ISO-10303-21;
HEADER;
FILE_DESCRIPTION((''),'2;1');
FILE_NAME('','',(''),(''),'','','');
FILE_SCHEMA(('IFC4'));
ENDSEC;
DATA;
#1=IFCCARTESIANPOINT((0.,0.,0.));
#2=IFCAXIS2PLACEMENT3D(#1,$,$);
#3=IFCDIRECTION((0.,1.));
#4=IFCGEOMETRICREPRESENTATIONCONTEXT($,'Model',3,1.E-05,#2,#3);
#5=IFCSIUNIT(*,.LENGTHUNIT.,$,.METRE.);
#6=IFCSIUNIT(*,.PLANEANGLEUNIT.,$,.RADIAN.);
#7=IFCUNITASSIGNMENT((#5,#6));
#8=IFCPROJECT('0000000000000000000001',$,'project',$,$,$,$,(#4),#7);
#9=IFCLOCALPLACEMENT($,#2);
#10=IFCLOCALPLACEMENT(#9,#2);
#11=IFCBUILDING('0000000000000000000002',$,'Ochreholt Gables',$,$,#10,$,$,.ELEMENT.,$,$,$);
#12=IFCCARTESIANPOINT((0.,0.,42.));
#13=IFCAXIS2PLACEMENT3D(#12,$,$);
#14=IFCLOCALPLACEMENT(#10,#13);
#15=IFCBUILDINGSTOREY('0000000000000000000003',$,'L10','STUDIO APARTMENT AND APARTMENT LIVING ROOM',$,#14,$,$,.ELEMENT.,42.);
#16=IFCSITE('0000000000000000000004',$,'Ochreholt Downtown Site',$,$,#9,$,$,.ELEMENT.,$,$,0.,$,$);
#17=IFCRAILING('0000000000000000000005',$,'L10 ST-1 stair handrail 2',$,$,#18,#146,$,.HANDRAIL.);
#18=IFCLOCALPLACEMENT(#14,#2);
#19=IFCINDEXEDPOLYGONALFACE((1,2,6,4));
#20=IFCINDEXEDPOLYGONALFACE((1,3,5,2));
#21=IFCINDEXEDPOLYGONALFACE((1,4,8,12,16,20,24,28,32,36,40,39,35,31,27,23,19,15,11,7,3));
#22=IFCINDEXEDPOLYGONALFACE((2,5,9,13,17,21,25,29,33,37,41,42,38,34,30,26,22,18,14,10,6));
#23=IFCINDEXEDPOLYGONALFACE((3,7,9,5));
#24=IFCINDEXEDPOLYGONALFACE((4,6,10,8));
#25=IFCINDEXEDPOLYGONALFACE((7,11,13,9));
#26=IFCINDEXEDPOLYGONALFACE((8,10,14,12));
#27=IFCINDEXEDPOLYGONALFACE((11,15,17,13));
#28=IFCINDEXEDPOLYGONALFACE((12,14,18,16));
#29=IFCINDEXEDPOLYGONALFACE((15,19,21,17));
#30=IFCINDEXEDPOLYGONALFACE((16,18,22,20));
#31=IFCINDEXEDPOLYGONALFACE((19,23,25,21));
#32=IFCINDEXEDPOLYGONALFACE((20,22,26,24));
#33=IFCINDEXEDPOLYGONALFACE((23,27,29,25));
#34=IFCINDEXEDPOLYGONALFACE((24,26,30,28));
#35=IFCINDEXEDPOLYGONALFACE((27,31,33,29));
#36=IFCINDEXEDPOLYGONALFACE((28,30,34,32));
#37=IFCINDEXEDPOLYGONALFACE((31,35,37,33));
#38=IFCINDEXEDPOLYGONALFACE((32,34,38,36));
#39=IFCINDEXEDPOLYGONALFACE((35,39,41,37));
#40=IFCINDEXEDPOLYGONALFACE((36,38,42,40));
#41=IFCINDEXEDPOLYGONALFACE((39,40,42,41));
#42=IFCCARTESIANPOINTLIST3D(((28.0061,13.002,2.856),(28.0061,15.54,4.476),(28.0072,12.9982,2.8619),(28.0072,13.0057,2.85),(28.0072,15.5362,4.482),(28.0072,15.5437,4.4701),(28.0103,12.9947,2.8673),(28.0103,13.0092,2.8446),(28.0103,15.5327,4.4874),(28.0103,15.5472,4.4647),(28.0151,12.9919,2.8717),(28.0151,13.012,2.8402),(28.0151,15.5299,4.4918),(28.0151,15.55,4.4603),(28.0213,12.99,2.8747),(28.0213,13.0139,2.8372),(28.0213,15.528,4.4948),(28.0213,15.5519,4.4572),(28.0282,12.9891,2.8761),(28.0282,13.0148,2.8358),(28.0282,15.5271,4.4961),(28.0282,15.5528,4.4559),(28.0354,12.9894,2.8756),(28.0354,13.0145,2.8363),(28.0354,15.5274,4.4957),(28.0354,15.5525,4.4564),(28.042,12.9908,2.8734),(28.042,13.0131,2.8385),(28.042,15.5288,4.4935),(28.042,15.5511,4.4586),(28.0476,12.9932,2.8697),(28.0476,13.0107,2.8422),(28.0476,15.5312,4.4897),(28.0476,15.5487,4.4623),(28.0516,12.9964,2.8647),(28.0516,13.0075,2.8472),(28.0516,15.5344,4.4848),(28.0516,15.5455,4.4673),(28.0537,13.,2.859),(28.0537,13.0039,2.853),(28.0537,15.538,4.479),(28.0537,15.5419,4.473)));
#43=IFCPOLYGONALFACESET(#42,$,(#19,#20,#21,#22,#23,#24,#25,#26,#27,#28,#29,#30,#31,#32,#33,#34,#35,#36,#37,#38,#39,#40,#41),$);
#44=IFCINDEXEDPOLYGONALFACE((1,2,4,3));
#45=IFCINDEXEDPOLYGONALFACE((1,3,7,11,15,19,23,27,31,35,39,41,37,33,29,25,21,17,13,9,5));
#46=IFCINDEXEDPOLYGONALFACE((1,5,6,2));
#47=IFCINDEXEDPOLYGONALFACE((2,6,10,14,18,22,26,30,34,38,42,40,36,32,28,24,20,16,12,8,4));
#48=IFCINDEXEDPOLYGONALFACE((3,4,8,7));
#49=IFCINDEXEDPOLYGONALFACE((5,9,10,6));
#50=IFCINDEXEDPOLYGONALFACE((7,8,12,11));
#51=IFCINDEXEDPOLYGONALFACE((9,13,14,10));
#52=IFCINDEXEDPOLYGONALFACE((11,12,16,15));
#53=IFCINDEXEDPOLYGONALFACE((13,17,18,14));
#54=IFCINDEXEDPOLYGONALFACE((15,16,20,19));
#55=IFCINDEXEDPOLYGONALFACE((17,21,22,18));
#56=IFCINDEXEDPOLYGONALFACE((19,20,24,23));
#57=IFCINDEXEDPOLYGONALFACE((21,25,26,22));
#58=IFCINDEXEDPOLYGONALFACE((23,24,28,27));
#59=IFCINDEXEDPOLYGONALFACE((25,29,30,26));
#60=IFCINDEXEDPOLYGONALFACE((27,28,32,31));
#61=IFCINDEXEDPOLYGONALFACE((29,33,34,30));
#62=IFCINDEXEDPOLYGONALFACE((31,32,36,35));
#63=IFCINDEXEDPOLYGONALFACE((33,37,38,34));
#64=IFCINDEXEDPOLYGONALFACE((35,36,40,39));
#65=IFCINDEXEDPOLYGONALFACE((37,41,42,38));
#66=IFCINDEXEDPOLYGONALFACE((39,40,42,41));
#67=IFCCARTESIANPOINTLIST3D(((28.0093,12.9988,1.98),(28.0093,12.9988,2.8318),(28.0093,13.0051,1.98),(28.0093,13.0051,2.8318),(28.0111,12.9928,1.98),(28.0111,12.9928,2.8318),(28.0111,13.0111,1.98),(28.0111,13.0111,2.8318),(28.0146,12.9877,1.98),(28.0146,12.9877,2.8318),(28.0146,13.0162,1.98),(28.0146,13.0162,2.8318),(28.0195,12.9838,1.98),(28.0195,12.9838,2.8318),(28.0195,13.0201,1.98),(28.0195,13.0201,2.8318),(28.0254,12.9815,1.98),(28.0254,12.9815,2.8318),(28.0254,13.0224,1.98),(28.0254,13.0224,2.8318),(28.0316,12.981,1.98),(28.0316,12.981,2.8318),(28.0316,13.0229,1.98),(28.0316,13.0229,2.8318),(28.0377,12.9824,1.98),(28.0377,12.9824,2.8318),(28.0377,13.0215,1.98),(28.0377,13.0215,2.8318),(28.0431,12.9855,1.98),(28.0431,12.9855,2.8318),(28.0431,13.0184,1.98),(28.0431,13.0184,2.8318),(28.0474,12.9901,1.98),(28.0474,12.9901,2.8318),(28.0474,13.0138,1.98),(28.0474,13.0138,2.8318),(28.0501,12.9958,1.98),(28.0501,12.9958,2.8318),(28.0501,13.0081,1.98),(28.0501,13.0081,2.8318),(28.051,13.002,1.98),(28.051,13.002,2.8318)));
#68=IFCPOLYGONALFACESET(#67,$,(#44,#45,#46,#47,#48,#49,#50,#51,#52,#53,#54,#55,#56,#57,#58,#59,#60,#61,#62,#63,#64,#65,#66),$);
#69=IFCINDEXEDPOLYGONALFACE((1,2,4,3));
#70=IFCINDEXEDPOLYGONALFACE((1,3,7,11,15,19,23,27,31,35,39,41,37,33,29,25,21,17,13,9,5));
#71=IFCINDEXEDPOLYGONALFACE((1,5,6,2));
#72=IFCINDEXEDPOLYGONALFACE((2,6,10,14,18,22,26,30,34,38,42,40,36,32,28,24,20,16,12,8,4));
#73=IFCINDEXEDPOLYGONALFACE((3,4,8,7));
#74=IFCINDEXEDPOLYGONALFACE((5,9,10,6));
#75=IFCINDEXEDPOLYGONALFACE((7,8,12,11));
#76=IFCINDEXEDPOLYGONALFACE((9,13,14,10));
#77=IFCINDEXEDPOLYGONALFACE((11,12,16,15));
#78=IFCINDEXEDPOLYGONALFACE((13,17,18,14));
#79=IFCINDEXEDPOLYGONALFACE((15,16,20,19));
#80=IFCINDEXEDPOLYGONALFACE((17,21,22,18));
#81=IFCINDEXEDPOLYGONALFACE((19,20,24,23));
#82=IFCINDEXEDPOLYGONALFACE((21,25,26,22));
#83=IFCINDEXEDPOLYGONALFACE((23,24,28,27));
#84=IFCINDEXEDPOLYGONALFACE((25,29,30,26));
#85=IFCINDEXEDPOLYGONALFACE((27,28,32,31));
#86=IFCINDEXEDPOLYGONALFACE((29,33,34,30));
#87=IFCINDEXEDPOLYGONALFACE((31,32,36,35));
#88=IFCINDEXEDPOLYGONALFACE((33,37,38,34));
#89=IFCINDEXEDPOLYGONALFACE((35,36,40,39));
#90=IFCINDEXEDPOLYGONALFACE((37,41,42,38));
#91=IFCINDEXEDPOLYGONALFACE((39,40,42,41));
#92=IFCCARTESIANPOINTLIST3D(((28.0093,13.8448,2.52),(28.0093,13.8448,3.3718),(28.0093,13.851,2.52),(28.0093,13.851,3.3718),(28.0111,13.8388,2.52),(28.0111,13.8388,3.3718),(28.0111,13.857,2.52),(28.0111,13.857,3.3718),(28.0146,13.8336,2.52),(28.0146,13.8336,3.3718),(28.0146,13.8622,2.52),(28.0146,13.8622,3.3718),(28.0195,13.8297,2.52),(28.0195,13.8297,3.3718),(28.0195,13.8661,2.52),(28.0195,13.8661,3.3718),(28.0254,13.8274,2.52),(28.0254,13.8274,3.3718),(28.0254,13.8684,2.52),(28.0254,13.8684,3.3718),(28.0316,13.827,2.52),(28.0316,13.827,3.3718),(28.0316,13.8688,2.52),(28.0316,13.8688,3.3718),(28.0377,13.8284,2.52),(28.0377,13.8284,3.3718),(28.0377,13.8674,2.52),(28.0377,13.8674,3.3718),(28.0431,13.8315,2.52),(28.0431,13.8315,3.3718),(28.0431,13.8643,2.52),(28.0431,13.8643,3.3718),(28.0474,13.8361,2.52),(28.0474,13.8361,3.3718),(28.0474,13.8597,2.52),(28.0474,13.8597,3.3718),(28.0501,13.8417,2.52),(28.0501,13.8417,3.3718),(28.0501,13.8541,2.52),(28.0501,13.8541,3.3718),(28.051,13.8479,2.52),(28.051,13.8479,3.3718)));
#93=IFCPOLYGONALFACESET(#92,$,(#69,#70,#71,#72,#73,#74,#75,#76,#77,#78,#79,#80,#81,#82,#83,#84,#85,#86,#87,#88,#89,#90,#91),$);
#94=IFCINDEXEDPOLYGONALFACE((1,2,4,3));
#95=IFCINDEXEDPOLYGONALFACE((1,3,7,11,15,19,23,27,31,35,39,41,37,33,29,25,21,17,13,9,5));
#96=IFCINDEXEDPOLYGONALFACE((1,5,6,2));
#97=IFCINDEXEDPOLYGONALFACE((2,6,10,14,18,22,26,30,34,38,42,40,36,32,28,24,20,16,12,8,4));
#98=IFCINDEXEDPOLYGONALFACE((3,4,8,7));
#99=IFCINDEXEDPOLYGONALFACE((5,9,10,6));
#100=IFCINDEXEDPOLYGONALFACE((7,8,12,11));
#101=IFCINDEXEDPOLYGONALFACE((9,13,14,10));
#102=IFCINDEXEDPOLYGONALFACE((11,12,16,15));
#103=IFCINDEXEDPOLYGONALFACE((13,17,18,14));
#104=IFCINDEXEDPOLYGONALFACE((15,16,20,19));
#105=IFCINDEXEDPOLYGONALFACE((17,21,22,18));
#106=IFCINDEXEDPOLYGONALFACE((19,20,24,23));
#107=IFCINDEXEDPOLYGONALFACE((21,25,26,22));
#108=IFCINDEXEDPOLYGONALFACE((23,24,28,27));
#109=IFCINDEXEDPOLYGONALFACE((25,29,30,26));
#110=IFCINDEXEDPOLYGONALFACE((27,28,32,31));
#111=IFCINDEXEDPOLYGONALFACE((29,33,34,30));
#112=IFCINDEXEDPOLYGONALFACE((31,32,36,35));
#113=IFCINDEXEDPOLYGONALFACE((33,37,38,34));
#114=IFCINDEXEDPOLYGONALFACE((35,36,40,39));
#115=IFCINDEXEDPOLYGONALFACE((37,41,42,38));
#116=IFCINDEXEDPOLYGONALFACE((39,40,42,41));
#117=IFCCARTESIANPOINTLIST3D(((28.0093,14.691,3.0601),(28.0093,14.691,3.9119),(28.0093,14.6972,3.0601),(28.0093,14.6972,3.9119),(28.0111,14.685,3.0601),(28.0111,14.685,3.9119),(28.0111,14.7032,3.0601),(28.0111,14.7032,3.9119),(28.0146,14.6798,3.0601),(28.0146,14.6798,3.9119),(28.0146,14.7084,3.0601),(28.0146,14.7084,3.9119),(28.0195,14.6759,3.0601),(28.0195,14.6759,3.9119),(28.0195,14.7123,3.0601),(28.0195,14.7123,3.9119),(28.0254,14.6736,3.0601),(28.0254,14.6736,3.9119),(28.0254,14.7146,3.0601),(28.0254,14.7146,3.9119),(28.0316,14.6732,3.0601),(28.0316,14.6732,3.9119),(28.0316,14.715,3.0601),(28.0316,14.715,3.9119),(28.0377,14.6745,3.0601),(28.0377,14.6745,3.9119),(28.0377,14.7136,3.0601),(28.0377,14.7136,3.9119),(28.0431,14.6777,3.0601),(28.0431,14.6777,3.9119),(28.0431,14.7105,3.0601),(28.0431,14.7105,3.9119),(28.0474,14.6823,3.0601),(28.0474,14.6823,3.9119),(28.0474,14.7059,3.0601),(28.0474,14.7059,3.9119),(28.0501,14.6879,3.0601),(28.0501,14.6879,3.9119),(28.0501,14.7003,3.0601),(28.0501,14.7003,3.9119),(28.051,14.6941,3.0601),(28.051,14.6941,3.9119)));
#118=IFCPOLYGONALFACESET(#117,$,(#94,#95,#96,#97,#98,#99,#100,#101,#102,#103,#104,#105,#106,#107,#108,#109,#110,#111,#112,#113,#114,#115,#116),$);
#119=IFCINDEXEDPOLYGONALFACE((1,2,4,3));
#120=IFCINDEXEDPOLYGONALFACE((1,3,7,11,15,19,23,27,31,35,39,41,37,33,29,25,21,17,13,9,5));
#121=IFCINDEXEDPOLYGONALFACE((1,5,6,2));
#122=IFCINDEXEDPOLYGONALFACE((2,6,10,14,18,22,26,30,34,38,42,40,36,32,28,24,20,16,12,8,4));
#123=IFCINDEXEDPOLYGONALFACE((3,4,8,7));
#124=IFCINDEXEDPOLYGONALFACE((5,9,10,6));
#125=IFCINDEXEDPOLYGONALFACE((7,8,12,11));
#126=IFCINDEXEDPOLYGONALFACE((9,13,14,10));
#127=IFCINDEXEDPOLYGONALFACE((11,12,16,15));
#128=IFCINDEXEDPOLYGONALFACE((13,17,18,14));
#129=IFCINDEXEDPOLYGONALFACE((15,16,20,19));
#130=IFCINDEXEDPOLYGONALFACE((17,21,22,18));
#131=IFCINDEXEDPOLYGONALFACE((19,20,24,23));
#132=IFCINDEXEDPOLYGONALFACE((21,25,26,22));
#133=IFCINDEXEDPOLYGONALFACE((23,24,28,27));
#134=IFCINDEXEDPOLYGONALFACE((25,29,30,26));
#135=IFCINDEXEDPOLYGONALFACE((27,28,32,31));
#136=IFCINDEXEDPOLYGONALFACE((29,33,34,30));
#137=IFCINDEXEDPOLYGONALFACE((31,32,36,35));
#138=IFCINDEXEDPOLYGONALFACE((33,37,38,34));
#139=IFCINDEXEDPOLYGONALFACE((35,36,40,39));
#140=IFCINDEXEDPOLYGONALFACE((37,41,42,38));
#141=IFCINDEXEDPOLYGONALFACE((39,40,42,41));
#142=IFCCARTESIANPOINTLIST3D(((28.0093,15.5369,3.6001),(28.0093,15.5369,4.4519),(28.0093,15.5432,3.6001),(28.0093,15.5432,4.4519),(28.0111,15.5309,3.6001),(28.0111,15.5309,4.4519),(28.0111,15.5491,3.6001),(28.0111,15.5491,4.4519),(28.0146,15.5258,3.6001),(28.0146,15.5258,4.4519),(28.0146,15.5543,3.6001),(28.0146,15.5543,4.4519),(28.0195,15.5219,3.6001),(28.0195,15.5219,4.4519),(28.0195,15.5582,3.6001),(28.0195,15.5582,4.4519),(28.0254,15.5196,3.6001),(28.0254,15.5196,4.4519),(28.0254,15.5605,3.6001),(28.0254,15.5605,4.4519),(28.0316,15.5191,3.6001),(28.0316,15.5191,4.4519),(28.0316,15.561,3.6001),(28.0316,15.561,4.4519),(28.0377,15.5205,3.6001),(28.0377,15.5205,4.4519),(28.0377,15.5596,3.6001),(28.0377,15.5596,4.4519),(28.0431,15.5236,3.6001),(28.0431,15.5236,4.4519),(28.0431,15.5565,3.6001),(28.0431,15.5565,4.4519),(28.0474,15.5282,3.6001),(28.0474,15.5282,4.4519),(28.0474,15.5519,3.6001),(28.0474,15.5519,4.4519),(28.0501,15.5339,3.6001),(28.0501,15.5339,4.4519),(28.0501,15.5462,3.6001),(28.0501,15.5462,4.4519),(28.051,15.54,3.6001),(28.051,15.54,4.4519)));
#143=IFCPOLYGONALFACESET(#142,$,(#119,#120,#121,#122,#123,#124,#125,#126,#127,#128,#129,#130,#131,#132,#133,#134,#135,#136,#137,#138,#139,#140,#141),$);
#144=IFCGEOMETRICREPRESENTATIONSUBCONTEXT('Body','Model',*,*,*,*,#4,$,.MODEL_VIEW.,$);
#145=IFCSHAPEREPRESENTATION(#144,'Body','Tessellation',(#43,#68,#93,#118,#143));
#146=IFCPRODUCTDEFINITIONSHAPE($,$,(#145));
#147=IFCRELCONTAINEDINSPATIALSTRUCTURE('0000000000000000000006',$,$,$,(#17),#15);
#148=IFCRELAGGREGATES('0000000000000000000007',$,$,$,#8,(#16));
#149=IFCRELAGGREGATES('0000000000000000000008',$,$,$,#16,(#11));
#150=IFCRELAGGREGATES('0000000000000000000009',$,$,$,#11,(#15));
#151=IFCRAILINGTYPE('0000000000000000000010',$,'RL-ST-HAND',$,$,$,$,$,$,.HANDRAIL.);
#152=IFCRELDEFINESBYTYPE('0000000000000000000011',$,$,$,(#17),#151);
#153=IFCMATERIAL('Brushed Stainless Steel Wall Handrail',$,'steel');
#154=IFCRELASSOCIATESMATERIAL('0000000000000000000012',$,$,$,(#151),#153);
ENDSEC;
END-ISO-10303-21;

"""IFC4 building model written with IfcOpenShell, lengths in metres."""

from ifc_helpers import new_model, si_unit, direction, frame, origin, origin_2d, place, context, subcontext, project, spatial, circle, extrude, material, type_object, element, save


model = new_model("IFC4")

# Units and contexts
model_context = context("Model", 3, precision=1e-05, world=origin(), true_north=direction((0.0, 1.0)))
body_context = subcontext(model_context, "Body", "Model", "MODEL_VIEW")
ifc_project = project(units=[si_unit("LENGTHUNIT", "METRE"), si_unit("PLANEANGLEUNIT", "RADIAN")], contexts=[model_context])

# Site, building, storey
site_placement = place(None, origin())
site = spatial("IfcSite", under=ifc_project, at=site_placement, Name="Ochreholt Downtown Site", CompositionType="ELEMENT", RefElevation=0.0)
building_placement = place(site_placement, origin())
building = spatial("IfcBuilding", under=site, at=building_placement, Name="Ochreholt Gables", CompositionType="ELEMENT")
storey_placement = place(building_placement, frame((0.0, 0.0, 42.0)))
storey = spatial("IfcBuildingStorey", under=building, at=storey_placement, Name="L10", Description="STUDIO APARTMENT AND APARTMENT LIVING ROOM", CompositionType="ELEMENT", Elevation=42.0)

# Railing
ifc_material_1 = material(Name="Brushed Stainless Steel Wall Handrail", Category="steel")
railing_type_1 = type_object("IfcRailingType", Name="RL-ST-HAND", PredefinedType="HANDRAIL", material=ifc_material_1)
railing_1_placement = place(storey_placement, frame((28.03, 13.002, 1.98)))
element("IfcRailing", 1, at=railing_1_placement, inside=storey, type_object=railing_type_1, Name="L10 ST-1 stair handrail 2", PredefinedType="HANDRAIL", context=body_context, shape_type="SweptSolid", body=[
    extrude(circle(Radius=0.0239, at=origin_2d()), frame((0.0, 0.0, 0.876), z_axis=(0.0, 0.842913, 0.53805), x_axis=(-1.0, 0.0, 0.0)), (0.0, 0.0, 1.0), 3.011),
    extrude(circle(Radius=0.021, at=origin_2d()), origin(), (0.0, 0.0, 1.0), 0.8518),
    extrude(circle(Radius=0.021, at=origin_2d()), frame((0.0, 0.8459, 0.54)), (0.0, 0.0, 1.0), 0.8518),
    extrude(circle(Radius=0.021, at=origin_2d()), frame((0.0, 1.6921, 1.0801)), (0.0, 0.0, 1.0), 0.8518),
    extrude(circle(Radius=0.021, at=origin_2d()), frame((0.0, 2.5381, 1.6201)), (0.0, 0.0, 1.0), 0.8518),
])

save(model, "model.ifc")
